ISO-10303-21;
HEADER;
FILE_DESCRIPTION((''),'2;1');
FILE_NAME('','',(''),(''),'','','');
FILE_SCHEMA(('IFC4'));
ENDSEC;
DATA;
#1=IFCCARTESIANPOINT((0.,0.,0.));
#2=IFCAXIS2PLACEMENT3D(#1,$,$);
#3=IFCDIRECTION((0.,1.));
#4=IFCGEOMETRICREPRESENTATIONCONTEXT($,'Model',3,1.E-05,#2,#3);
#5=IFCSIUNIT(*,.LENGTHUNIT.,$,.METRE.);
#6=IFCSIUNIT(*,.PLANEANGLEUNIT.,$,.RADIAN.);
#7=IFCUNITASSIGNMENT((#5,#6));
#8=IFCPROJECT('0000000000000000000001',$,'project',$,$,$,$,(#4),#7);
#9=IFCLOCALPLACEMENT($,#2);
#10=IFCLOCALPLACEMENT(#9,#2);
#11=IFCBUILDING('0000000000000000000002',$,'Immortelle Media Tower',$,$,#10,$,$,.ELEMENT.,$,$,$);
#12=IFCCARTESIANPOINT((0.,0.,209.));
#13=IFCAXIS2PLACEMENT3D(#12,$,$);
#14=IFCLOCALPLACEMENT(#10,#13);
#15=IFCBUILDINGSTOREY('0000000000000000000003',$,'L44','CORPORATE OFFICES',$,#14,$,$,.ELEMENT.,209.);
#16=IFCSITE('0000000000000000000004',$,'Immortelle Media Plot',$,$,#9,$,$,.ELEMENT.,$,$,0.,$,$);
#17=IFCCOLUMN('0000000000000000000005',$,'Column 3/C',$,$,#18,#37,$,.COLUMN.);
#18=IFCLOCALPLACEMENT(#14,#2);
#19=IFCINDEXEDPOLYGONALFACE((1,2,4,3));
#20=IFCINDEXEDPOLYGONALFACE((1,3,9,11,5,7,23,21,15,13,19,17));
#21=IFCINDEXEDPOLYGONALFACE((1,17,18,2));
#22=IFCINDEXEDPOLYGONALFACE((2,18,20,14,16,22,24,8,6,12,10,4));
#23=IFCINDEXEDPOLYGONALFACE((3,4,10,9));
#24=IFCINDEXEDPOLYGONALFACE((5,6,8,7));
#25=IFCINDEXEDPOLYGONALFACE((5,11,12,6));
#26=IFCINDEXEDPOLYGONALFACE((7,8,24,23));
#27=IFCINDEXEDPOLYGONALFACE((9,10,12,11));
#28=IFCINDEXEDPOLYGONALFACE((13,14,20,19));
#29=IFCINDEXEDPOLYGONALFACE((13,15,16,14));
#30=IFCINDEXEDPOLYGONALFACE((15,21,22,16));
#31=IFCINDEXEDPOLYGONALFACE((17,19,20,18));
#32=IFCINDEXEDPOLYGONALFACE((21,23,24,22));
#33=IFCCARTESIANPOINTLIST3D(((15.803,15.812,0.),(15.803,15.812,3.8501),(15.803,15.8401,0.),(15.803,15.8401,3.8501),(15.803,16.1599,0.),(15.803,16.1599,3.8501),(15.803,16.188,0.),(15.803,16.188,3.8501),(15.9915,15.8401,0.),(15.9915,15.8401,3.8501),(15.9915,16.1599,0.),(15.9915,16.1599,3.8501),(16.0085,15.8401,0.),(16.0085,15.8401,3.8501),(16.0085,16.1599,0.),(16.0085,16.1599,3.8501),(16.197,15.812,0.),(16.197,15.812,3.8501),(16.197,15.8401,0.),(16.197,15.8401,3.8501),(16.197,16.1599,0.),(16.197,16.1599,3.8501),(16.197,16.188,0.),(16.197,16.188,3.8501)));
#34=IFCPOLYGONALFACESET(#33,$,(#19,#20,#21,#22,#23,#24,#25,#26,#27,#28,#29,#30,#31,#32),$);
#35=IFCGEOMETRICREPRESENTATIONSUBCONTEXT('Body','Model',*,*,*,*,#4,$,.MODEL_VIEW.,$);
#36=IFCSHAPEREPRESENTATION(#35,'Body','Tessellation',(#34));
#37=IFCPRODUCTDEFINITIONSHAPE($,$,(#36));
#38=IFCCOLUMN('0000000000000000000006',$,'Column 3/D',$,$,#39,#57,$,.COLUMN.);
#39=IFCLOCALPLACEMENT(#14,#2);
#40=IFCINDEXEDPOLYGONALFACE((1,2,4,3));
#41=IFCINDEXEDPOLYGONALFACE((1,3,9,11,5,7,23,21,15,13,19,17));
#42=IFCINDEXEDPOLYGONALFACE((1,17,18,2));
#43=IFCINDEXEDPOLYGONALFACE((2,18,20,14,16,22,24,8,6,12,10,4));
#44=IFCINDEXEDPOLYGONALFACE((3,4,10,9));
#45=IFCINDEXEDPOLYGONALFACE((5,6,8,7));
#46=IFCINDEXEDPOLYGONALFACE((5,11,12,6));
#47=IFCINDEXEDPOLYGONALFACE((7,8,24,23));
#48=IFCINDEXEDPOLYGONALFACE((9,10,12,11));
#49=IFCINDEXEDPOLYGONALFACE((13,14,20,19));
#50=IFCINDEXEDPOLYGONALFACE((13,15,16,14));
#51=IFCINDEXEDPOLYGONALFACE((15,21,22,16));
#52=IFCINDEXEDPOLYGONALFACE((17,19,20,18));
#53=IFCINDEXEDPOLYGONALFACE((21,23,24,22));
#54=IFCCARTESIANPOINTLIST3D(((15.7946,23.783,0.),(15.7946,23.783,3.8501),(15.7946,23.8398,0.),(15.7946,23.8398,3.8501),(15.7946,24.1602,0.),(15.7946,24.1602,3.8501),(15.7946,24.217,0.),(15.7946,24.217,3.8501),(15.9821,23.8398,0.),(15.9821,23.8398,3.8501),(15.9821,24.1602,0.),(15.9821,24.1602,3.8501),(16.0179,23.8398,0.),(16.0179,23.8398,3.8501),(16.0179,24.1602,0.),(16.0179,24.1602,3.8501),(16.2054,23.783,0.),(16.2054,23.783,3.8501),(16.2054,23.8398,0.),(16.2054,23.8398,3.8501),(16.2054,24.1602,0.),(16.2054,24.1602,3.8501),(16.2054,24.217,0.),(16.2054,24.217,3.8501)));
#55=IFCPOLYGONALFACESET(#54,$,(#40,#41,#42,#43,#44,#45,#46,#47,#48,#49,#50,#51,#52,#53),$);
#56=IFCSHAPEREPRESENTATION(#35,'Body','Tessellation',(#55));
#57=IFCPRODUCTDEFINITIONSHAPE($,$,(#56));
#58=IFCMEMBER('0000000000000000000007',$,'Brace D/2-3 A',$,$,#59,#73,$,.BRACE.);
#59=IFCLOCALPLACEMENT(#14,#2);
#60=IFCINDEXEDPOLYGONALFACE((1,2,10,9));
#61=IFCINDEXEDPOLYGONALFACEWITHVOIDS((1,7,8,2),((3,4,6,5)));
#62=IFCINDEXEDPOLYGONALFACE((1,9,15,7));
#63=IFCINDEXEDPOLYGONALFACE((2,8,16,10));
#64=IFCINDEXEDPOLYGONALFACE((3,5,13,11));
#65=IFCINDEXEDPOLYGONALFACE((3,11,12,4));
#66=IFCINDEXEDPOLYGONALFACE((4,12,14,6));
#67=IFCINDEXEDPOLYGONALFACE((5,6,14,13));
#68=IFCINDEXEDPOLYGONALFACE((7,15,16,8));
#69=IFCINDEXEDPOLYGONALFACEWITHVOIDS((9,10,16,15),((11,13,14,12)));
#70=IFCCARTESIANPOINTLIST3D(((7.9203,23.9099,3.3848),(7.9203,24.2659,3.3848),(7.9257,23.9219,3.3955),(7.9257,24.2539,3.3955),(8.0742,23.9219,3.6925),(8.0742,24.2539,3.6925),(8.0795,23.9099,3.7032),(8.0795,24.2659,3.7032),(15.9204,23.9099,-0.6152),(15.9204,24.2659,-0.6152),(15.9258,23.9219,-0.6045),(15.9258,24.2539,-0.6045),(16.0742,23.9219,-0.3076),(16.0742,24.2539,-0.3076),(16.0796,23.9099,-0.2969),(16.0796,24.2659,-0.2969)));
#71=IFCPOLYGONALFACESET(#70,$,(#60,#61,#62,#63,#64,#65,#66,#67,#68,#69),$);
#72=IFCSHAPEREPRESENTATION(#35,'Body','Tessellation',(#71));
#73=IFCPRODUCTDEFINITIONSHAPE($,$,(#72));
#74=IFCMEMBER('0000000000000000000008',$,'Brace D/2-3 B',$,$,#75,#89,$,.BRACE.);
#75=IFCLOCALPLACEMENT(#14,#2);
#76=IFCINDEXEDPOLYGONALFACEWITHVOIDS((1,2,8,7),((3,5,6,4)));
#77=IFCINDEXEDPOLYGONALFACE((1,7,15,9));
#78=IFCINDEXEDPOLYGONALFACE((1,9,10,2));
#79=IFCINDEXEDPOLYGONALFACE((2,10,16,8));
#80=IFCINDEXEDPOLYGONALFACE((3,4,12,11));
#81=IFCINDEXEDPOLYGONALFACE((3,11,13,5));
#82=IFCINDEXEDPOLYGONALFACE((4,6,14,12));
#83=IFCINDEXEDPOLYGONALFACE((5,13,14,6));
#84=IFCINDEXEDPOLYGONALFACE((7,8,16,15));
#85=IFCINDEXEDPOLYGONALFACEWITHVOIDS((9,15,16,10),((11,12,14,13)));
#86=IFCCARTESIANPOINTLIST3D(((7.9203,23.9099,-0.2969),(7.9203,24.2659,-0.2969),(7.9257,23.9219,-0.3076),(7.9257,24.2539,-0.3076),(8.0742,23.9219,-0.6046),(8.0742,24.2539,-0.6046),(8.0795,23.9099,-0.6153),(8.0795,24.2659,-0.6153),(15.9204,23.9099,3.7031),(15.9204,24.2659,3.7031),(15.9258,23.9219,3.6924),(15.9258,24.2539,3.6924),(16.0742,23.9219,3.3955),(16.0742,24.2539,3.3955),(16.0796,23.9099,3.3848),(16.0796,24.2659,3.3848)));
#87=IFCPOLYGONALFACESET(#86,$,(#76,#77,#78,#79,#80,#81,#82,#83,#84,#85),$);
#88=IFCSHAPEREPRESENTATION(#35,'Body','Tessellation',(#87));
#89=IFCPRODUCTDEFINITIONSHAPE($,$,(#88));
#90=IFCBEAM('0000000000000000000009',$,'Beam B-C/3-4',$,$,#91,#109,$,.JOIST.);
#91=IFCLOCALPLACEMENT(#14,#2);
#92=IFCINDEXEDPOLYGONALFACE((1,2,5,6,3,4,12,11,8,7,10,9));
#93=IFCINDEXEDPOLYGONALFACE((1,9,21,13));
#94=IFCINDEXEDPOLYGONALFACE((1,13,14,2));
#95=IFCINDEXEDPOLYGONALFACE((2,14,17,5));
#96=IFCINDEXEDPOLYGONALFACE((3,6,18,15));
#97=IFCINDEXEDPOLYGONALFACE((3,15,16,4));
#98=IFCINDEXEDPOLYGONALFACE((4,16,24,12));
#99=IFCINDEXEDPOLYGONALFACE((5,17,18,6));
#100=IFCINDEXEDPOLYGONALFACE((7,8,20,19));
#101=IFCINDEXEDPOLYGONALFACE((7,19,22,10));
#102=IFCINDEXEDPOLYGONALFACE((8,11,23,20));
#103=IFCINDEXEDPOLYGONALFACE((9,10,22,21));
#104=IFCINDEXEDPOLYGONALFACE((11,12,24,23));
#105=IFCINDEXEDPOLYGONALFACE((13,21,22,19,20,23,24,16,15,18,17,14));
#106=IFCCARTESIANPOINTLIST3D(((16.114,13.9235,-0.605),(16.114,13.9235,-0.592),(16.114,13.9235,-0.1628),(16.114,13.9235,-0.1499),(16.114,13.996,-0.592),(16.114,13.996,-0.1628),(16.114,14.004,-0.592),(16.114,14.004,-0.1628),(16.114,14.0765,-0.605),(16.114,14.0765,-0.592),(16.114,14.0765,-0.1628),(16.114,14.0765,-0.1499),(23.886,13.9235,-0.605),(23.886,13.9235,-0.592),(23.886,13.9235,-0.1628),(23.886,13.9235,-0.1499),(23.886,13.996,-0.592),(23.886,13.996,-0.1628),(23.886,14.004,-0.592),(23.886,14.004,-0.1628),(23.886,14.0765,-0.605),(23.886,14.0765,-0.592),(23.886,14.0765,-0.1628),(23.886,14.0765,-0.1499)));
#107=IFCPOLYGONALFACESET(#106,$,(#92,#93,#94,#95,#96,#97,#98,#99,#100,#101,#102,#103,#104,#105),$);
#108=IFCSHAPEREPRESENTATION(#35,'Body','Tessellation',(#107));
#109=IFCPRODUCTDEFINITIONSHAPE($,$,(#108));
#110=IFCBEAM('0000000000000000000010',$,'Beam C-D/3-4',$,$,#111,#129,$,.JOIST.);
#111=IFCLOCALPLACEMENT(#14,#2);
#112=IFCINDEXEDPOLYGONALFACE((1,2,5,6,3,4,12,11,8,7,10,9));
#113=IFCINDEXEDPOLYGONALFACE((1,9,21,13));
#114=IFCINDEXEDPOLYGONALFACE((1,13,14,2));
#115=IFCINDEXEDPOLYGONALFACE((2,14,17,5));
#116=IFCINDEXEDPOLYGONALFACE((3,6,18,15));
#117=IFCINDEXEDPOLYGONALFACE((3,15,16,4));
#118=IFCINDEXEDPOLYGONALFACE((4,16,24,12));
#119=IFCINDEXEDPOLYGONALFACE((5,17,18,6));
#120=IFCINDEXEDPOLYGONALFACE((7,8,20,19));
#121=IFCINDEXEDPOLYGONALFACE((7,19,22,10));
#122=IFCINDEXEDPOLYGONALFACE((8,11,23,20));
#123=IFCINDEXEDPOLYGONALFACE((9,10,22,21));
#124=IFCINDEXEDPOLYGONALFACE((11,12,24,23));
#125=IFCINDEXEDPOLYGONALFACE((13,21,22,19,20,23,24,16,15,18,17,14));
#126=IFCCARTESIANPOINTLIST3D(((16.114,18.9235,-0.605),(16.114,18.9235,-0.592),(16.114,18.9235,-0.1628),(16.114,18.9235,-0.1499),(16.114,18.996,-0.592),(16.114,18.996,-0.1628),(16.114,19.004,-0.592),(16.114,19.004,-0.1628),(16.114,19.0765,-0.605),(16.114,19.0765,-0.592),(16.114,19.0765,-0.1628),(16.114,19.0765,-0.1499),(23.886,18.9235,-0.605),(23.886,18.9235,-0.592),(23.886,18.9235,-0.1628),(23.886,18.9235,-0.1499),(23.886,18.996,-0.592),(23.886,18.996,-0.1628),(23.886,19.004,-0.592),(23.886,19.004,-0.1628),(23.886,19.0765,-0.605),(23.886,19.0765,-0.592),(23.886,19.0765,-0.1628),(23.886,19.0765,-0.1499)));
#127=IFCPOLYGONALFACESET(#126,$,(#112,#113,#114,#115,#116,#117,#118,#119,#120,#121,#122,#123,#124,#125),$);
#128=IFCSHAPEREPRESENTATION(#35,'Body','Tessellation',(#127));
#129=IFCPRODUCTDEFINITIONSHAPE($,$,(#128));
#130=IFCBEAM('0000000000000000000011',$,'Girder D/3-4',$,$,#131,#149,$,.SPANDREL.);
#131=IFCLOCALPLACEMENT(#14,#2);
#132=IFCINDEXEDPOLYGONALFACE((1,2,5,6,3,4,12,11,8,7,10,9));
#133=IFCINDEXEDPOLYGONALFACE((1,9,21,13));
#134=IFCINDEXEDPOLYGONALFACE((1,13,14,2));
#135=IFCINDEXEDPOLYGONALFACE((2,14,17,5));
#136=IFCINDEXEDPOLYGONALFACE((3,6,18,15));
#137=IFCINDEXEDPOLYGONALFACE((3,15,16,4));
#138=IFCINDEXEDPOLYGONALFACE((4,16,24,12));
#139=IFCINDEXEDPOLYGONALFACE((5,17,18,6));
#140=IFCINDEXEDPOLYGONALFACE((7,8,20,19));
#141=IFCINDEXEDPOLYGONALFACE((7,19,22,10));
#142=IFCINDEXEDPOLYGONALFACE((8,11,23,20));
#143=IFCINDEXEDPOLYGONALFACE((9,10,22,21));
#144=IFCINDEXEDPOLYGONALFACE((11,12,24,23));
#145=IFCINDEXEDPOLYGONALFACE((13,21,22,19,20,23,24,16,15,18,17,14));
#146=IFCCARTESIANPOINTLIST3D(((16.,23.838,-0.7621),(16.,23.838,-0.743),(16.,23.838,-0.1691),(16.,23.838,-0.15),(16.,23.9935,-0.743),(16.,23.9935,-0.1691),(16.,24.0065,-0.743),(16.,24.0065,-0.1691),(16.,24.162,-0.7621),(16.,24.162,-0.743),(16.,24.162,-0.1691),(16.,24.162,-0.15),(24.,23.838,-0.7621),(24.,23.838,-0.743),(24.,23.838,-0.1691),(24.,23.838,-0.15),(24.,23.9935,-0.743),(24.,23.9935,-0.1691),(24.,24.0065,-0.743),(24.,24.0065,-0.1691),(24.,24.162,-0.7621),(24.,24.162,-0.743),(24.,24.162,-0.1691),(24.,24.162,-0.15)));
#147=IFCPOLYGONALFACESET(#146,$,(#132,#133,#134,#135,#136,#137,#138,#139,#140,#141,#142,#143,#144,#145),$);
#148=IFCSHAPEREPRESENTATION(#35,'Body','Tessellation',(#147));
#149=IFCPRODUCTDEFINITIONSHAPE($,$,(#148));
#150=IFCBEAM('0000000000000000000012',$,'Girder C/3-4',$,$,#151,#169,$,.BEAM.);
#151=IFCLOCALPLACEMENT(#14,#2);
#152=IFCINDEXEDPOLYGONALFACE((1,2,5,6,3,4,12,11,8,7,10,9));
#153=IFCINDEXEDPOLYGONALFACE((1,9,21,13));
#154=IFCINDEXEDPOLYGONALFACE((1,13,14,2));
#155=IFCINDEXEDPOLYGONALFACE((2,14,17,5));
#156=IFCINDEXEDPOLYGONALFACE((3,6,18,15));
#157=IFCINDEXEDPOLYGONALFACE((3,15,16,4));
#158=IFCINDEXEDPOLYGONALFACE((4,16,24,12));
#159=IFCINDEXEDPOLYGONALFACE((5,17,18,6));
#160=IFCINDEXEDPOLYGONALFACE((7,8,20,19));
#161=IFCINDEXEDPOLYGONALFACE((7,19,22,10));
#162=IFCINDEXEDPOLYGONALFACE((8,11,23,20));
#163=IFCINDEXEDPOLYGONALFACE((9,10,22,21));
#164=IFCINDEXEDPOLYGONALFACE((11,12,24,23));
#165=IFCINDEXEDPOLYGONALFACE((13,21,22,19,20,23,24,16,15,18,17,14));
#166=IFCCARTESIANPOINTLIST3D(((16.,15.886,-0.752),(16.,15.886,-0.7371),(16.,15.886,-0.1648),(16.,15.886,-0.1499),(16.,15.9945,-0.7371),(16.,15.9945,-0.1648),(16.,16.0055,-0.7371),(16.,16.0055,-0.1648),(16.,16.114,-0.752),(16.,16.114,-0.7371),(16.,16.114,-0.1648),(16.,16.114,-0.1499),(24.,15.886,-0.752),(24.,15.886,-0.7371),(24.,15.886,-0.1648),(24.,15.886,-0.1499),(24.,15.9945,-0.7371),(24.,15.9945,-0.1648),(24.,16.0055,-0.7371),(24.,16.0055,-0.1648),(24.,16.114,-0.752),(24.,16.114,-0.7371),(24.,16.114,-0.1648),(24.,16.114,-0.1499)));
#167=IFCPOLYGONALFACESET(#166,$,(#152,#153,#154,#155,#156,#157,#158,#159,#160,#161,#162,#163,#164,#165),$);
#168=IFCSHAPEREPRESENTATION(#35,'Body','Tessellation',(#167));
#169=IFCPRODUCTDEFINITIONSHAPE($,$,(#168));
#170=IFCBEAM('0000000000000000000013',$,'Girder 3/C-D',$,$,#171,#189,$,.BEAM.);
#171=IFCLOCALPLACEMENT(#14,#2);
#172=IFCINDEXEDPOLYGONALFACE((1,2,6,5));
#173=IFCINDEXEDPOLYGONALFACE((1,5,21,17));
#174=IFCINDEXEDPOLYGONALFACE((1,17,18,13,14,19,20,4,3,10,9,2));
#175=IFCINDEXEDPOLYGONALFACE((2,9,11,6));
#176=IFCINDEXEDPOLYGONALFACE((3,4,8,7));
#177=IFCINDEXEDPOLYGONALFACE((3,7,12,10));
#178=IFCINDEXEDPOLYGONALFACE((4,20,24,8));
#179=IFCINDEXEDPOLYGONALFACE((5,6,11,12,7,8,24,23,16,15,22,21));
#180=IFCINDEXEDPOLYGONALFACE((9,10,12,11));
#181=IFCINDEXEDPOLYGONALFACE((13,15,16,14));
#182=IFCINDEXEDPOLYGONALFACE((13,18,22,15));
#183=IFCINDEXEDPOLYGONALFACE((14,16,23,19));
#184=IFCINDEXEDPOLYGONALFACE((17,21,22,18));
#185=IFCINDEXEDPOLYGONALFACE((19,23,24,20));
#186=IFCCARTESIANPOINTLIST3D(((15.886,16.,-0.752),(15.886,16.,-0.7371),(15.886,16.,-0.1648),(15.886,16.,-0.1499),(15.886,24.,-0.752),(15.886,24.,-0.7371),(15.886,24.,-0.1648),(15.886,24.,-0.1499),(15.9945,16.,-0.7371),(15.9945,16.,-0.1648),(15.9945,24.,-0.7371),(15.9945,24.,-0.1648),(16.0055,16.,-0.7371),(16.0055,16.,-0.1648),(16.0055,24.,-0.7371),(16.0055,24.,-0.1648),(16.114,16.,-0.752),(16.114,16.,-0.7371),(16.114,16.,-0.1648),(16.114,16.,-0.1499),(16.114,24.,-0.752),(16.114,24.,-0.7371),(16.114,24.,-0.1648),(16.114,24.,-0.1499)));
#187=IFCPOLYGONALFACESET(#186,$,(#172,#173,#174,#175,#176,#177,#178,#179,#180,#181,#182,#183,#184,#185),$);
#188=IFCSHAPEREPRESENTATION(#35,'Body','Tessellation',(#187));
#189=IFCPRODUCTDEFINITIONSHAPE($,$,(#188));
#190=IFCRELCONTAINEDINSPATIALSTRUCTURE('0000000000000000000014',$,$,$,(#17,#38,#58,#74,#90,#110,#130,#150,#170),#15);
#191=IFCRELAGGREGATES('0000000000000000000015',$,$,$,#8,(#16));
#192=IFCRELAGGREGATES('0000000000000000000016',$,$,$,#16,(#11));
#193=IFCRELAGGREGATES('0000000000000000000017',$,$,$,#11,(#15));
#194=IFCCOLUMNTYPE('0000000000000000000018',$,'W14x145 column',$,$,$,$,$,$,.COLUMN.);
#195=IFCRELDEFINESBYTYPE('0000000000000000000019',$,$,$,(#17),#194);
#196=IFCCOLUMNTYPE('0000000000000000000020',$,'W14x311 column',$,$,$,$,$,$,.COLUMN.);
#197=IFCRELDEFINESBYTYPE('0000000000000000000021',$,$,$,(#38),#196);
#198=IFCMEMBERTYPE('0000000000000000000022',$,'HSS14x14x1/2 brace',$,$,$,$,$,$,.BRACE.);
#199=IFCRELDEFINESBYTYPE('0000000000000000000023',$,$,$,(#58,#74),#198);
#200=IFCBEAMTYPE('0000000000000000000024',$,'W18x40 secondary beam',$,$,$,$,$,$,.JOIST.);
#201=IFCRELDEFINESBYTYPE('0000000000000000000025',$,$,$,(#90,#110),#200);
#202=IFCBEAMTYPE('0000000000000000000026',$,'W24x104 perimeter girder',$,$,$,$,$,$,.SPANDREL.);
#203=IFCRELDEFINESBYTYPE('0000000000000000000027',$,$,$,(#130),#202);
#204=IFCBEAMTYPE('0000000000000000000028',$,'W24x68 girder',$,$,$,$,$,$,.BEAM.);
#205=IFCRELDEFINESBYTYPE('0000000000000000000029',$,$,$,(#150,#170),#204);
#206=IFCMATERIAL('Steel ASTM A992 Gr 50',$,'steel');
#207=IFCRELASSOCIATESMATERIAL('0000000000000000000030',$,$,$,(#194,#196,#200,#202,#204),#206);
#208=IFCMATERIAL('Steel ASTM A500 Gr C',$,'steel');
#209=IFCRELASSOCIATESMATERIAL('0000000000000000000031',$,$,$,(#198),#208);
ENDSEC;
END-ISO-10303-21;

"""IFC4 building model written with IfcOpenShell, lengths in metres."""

from ifc_helpers import new_model, si_unit, direction, frame, origin, origin_2d, place, context, subcontext, project, spatial, hollow_rectangle, i_section, extrude, material, material_profile, profile_set, type_object, element, save


model = new_model("IFC4")

# Units and contexts
model_context = context("Model", 3, precision=1e-05, world=origin(), true_north=direction((0.0, 1.0)))
body_context = subcontext(model_context, "Body", "Model", "MODEL_VIEW")
ifc_project = project(units=[si_unit("LENGTHUNIT", "METRE"), si_unit("PLANEANGLEUNIT", "RADIAN")], contexts=[model_context])

# Site, building, storey
site_placement = place(None, origin())
site = spatial("IfcSite", under=ifc_project, at=site_placement, Name="Immortelle Media Plot", CompositionType="ELEMENT", RefElevation=0.0)
building_placement = place(site_placement, origin())
building = spatial("IfcBuilding", under=site, at=building_placement, Name="Immortelle Media Tower", CompositionType="ELEMENT")
storey_placement = place(building_placement, frame((0.0, 0.0, 209.0)))
storey = spatial("IfcBuildingStorey", under=building, at=storey_placement, Name="L44", Description="CORPORATE OFFICES", CompositionType="ELEMENT", Elevation=209.0)

# Columns
ifc_material_1 = material(Name="Steel ASTM A992 Gr 50", Category="steel")
ifc_material_profile_1 = material_profile(ifc_material_1, i_section(OverallWidth=0.394, OverallDepth=0.376, WebThickness=0.0171, FlangeThickness=0.0281, at=origin_2d()), Name="W14x145")
ifc_profile_set_1 = profile_set([ifc_material_profile_1], Name="Steel ASTM A992 Gr 50")
column_type_1 = type_object("IfcColumnType", Name="W14x145 column", PredefinedType="COLUMN", material=ifc_profile_set_1)
column_1_placement = place(storey_placement, frame((16.0, 16.0, 0.0), z_axis=(0.0, 0.0, 1.0), x_axis=(1.0, 0.0, 0.0)))
element("IfcColumn", 1, at=column_1_placement, inside=storey, type_object=column_type_1, Name="Column 3/C", PredefinedType="COLUMN", context=body_context, shape_type="SweptSolid", body=[
    extrude(i_section(OverallWidth=0.394, OverallDepth=0.376, WebThickness=0.0171, FlangeThickness=0.0281, at=origin_2d()), origin(), (0.0, 0.0, 1.0), 3.8501),
])
ifc_material_profile_2 = material_profile(ifc_material_1, i_section(OverallWidth=0.4109, OverallDepth=0.4341, WebThickness=0.0359, FlangeThickness=0.0569, at=origin_2d()), Name="W14x311")
ifc_profile_set_2 = profile_set([ifc_material_profile_2], Name="Steel ASTM A992 Gr 50")
column_type_2 = type_object("IfcColumnType", Name="W14x311 column", PredefinedType="COLUMN", material=ifc_profile_set_2)
column_2_placement = place(storey_placement, frame((16.0, 24.0, 0.0), z_axis=(0.0, 0.0, 1.0), x_axis=(1.0, 0.0, 0.0)))
element("IfcColumn", 2, at=column_2_placement, inside=storey, type_object=column_type_2, Name="Column 3/D", PredefinedType="COLUMN", context=body_context, shape_type="SweptSolid", body=[
    extrude(i_section(OverallWidth=0.4109, OverallDepth=0.4341, WebThickness=0.0359, FlangeThickness=0.0569, at=origin_2d()), origin(), (0.0, 0.0, 1.0), 3.8501),
])

# Members
ifc_material_2 = material(Name="Steel ASTM A500 Gr C", Category="steel")
ifc_material_profile_3 = material_profile(ifc_material_2, hollow_rectangle(XDim=0.356, YDim=0.356, WallThickness=0.012, at=origin_2d()), Name="HSS14x14x1/2 brace")
ifc_profile_set_3 = profile_set([ifc_material_profile_3], Name="Steel ASTM A500 Gr C")
member_type = type_object("IfcMemberType", Name="HSS14x14x1/2 brace", PredefinedType="BRACE", material=ifc_profile_set_3)
for number, where, z_axis, x_axis, name in (
    (3, (16.0, 24.0879, -0.4561), (-0.894427, 0.0, 0.447214), (0.0, -1.0, 0.0), "Brace D/2-3 A"),
    (4, (16.0, 24.0879, 3.5439), (-0.894427, 0.0, -0.447214), (0.0, -1.0, 0.0), "Brace D/2-3 B"),
):
    element("IfcMember", number, at=place(storey_placement, frame(where, z_axis=z_axis, x_axis=x_axis)), inside=storey, type_object=member_type, Name=name, PredefinedType="BRACE", context=body_context, shape_type="SweptSolid", body=[
        extrude(hollow_rectangle(XDim=0.356, YDim=0.356, WallThickness=0.012, at=origin_2d()), origin(), (0.0, 0.0, 1.0), 8.9443),
    ])

# Beams
ifc_material_profile_4 = material_profile(ifc_material_1, i_section(OverallWidth=0.1531, OverallDepth=0.4551, WebThickness=0.0081, FlangeThickness=0.0129, at=origin_2d()), Name="W18x40")
ifc_profile_set_4 = profile_set([ifc_material_profile_4], Name="Steel ASTM A992 Gr 50")
beam_type_1 = type_object("IfcBeamType", Name="W18x40 secondary beam", PredefinedType="JOIST", material=ifc_profile_set_4)
for number, where, z_axis, x_axis, name in (
    (5, (16.114, 14.0, -0.3774), (1.0, 0.0, 0.0), (0.0, 1.0, 0.0), "Beam B-C/3-4"),
    (6, (16.114, 19.0, -0.3774), (1.0, 0.0, 0.0), (0.0, 1.0, 0.0), "Beam C-D/3-4"),
):
    element("IfcBeam", number, at=place(storey_placement, frame(where, z_axis=z_axis, x_axis=x_axis)), inside=storey, type_object=beam_type_1, Name=name, PredefinedType="JOIST", context=body_context, shape_type="SweptSolid", body=[
        extrude(i_section(OverallWidth=0.1531, OverallDepth=0.4551, WebThickness=0.0081, FlangeThickness=0.0129, at=origin_2d()), origin(), (0.0, 0.0, 1.0), 7.772),
    ])
ifc_material_profile_5 = material_profile(ifc_material_1, i_section(OverallWidth=0.324, OverallDepth=0.6121, WebThickness=0.0129, FlangeThickness=0.019, at=origin_2d()), Name="W24x104")
ifc_profile_set_5 = profile_set([ifc_material_profile_5], Name="Steel ASTM A992 Gr 50")
beam_type_2 = type_object("IfcBeamType", Name="W24x104 perimeter girder", PredefinedType="SPANDREL", material=ifc_profile_set_5)
beam_placement = place(storey_placement, frame((16.0, 24.0, -0.4561), z_axis=(1.0, 0.0, 0.0), x_axis=(0.0, 1.0, 0.0)))
element("IfcBeam", 7, at=beam_placement, inside=storey, type_object=beam_type_2, Name="Girder D/3-4", PredefinedType="SPANDREL", context=body_context, shape_type="SweptSolid", body=[
    extrude(i_section(OverallWidth=0.324, OverallDepth=0.6121, WebThickness=0.0129, FlangeThickness=0.019, at=origin_2d()), origin(), (0.0, 0.0, 1.0), 8.0),
])
ifc_material_profile_6 = material_profile(ifc_material_1, i_section(OverallWidth=0.228, OverallDepth=0.6021, WebThickness=0.011, FlangeThickness=0.0149, at=origin_2d()), Name="W24x68")
ifc_profile_set_6 = profile_set([ifc_material_profile_6], Name="Steel ASTM A992 Gr 50")
beam_type_3 = type_object("IfcBeamType", Name="W24x68 girder", PredefinedType="BEAM", material=ifc_profile_set_6)
for number, where, z_axis, x_axis, name in (
    (8, (16.0, 16.0, -0.4509), (1.0, 0.0, 0.0), (0.0, 1.0, 0.0), "Girder C/3-4"),
    (9, (16.0, 16.0, -0.4509), (0.0, 1.0, 0.0), (-1.0, 0.0, 0.0), "Girder 3/C-D"),
):
    element("IfcBeam", number, at=place(storey_placement, frame(where, z_axis=z_axis, x_axis=x_axis)), inside=storey, type_object=beam_type_3, Name=name, PredefinedType="BEAM", context=body_context, shape_type="SweptSolid", body=[
        extrude(i_section(OverallWidth=0.228, OverallDepth=0.6021, WebThickness=0.011, FlangeThickness=0.0149, at=origin_2d()), origin(), (0.0, 0.0, 1.0), 8.0),
    ])

save(model, "model.ifc")
